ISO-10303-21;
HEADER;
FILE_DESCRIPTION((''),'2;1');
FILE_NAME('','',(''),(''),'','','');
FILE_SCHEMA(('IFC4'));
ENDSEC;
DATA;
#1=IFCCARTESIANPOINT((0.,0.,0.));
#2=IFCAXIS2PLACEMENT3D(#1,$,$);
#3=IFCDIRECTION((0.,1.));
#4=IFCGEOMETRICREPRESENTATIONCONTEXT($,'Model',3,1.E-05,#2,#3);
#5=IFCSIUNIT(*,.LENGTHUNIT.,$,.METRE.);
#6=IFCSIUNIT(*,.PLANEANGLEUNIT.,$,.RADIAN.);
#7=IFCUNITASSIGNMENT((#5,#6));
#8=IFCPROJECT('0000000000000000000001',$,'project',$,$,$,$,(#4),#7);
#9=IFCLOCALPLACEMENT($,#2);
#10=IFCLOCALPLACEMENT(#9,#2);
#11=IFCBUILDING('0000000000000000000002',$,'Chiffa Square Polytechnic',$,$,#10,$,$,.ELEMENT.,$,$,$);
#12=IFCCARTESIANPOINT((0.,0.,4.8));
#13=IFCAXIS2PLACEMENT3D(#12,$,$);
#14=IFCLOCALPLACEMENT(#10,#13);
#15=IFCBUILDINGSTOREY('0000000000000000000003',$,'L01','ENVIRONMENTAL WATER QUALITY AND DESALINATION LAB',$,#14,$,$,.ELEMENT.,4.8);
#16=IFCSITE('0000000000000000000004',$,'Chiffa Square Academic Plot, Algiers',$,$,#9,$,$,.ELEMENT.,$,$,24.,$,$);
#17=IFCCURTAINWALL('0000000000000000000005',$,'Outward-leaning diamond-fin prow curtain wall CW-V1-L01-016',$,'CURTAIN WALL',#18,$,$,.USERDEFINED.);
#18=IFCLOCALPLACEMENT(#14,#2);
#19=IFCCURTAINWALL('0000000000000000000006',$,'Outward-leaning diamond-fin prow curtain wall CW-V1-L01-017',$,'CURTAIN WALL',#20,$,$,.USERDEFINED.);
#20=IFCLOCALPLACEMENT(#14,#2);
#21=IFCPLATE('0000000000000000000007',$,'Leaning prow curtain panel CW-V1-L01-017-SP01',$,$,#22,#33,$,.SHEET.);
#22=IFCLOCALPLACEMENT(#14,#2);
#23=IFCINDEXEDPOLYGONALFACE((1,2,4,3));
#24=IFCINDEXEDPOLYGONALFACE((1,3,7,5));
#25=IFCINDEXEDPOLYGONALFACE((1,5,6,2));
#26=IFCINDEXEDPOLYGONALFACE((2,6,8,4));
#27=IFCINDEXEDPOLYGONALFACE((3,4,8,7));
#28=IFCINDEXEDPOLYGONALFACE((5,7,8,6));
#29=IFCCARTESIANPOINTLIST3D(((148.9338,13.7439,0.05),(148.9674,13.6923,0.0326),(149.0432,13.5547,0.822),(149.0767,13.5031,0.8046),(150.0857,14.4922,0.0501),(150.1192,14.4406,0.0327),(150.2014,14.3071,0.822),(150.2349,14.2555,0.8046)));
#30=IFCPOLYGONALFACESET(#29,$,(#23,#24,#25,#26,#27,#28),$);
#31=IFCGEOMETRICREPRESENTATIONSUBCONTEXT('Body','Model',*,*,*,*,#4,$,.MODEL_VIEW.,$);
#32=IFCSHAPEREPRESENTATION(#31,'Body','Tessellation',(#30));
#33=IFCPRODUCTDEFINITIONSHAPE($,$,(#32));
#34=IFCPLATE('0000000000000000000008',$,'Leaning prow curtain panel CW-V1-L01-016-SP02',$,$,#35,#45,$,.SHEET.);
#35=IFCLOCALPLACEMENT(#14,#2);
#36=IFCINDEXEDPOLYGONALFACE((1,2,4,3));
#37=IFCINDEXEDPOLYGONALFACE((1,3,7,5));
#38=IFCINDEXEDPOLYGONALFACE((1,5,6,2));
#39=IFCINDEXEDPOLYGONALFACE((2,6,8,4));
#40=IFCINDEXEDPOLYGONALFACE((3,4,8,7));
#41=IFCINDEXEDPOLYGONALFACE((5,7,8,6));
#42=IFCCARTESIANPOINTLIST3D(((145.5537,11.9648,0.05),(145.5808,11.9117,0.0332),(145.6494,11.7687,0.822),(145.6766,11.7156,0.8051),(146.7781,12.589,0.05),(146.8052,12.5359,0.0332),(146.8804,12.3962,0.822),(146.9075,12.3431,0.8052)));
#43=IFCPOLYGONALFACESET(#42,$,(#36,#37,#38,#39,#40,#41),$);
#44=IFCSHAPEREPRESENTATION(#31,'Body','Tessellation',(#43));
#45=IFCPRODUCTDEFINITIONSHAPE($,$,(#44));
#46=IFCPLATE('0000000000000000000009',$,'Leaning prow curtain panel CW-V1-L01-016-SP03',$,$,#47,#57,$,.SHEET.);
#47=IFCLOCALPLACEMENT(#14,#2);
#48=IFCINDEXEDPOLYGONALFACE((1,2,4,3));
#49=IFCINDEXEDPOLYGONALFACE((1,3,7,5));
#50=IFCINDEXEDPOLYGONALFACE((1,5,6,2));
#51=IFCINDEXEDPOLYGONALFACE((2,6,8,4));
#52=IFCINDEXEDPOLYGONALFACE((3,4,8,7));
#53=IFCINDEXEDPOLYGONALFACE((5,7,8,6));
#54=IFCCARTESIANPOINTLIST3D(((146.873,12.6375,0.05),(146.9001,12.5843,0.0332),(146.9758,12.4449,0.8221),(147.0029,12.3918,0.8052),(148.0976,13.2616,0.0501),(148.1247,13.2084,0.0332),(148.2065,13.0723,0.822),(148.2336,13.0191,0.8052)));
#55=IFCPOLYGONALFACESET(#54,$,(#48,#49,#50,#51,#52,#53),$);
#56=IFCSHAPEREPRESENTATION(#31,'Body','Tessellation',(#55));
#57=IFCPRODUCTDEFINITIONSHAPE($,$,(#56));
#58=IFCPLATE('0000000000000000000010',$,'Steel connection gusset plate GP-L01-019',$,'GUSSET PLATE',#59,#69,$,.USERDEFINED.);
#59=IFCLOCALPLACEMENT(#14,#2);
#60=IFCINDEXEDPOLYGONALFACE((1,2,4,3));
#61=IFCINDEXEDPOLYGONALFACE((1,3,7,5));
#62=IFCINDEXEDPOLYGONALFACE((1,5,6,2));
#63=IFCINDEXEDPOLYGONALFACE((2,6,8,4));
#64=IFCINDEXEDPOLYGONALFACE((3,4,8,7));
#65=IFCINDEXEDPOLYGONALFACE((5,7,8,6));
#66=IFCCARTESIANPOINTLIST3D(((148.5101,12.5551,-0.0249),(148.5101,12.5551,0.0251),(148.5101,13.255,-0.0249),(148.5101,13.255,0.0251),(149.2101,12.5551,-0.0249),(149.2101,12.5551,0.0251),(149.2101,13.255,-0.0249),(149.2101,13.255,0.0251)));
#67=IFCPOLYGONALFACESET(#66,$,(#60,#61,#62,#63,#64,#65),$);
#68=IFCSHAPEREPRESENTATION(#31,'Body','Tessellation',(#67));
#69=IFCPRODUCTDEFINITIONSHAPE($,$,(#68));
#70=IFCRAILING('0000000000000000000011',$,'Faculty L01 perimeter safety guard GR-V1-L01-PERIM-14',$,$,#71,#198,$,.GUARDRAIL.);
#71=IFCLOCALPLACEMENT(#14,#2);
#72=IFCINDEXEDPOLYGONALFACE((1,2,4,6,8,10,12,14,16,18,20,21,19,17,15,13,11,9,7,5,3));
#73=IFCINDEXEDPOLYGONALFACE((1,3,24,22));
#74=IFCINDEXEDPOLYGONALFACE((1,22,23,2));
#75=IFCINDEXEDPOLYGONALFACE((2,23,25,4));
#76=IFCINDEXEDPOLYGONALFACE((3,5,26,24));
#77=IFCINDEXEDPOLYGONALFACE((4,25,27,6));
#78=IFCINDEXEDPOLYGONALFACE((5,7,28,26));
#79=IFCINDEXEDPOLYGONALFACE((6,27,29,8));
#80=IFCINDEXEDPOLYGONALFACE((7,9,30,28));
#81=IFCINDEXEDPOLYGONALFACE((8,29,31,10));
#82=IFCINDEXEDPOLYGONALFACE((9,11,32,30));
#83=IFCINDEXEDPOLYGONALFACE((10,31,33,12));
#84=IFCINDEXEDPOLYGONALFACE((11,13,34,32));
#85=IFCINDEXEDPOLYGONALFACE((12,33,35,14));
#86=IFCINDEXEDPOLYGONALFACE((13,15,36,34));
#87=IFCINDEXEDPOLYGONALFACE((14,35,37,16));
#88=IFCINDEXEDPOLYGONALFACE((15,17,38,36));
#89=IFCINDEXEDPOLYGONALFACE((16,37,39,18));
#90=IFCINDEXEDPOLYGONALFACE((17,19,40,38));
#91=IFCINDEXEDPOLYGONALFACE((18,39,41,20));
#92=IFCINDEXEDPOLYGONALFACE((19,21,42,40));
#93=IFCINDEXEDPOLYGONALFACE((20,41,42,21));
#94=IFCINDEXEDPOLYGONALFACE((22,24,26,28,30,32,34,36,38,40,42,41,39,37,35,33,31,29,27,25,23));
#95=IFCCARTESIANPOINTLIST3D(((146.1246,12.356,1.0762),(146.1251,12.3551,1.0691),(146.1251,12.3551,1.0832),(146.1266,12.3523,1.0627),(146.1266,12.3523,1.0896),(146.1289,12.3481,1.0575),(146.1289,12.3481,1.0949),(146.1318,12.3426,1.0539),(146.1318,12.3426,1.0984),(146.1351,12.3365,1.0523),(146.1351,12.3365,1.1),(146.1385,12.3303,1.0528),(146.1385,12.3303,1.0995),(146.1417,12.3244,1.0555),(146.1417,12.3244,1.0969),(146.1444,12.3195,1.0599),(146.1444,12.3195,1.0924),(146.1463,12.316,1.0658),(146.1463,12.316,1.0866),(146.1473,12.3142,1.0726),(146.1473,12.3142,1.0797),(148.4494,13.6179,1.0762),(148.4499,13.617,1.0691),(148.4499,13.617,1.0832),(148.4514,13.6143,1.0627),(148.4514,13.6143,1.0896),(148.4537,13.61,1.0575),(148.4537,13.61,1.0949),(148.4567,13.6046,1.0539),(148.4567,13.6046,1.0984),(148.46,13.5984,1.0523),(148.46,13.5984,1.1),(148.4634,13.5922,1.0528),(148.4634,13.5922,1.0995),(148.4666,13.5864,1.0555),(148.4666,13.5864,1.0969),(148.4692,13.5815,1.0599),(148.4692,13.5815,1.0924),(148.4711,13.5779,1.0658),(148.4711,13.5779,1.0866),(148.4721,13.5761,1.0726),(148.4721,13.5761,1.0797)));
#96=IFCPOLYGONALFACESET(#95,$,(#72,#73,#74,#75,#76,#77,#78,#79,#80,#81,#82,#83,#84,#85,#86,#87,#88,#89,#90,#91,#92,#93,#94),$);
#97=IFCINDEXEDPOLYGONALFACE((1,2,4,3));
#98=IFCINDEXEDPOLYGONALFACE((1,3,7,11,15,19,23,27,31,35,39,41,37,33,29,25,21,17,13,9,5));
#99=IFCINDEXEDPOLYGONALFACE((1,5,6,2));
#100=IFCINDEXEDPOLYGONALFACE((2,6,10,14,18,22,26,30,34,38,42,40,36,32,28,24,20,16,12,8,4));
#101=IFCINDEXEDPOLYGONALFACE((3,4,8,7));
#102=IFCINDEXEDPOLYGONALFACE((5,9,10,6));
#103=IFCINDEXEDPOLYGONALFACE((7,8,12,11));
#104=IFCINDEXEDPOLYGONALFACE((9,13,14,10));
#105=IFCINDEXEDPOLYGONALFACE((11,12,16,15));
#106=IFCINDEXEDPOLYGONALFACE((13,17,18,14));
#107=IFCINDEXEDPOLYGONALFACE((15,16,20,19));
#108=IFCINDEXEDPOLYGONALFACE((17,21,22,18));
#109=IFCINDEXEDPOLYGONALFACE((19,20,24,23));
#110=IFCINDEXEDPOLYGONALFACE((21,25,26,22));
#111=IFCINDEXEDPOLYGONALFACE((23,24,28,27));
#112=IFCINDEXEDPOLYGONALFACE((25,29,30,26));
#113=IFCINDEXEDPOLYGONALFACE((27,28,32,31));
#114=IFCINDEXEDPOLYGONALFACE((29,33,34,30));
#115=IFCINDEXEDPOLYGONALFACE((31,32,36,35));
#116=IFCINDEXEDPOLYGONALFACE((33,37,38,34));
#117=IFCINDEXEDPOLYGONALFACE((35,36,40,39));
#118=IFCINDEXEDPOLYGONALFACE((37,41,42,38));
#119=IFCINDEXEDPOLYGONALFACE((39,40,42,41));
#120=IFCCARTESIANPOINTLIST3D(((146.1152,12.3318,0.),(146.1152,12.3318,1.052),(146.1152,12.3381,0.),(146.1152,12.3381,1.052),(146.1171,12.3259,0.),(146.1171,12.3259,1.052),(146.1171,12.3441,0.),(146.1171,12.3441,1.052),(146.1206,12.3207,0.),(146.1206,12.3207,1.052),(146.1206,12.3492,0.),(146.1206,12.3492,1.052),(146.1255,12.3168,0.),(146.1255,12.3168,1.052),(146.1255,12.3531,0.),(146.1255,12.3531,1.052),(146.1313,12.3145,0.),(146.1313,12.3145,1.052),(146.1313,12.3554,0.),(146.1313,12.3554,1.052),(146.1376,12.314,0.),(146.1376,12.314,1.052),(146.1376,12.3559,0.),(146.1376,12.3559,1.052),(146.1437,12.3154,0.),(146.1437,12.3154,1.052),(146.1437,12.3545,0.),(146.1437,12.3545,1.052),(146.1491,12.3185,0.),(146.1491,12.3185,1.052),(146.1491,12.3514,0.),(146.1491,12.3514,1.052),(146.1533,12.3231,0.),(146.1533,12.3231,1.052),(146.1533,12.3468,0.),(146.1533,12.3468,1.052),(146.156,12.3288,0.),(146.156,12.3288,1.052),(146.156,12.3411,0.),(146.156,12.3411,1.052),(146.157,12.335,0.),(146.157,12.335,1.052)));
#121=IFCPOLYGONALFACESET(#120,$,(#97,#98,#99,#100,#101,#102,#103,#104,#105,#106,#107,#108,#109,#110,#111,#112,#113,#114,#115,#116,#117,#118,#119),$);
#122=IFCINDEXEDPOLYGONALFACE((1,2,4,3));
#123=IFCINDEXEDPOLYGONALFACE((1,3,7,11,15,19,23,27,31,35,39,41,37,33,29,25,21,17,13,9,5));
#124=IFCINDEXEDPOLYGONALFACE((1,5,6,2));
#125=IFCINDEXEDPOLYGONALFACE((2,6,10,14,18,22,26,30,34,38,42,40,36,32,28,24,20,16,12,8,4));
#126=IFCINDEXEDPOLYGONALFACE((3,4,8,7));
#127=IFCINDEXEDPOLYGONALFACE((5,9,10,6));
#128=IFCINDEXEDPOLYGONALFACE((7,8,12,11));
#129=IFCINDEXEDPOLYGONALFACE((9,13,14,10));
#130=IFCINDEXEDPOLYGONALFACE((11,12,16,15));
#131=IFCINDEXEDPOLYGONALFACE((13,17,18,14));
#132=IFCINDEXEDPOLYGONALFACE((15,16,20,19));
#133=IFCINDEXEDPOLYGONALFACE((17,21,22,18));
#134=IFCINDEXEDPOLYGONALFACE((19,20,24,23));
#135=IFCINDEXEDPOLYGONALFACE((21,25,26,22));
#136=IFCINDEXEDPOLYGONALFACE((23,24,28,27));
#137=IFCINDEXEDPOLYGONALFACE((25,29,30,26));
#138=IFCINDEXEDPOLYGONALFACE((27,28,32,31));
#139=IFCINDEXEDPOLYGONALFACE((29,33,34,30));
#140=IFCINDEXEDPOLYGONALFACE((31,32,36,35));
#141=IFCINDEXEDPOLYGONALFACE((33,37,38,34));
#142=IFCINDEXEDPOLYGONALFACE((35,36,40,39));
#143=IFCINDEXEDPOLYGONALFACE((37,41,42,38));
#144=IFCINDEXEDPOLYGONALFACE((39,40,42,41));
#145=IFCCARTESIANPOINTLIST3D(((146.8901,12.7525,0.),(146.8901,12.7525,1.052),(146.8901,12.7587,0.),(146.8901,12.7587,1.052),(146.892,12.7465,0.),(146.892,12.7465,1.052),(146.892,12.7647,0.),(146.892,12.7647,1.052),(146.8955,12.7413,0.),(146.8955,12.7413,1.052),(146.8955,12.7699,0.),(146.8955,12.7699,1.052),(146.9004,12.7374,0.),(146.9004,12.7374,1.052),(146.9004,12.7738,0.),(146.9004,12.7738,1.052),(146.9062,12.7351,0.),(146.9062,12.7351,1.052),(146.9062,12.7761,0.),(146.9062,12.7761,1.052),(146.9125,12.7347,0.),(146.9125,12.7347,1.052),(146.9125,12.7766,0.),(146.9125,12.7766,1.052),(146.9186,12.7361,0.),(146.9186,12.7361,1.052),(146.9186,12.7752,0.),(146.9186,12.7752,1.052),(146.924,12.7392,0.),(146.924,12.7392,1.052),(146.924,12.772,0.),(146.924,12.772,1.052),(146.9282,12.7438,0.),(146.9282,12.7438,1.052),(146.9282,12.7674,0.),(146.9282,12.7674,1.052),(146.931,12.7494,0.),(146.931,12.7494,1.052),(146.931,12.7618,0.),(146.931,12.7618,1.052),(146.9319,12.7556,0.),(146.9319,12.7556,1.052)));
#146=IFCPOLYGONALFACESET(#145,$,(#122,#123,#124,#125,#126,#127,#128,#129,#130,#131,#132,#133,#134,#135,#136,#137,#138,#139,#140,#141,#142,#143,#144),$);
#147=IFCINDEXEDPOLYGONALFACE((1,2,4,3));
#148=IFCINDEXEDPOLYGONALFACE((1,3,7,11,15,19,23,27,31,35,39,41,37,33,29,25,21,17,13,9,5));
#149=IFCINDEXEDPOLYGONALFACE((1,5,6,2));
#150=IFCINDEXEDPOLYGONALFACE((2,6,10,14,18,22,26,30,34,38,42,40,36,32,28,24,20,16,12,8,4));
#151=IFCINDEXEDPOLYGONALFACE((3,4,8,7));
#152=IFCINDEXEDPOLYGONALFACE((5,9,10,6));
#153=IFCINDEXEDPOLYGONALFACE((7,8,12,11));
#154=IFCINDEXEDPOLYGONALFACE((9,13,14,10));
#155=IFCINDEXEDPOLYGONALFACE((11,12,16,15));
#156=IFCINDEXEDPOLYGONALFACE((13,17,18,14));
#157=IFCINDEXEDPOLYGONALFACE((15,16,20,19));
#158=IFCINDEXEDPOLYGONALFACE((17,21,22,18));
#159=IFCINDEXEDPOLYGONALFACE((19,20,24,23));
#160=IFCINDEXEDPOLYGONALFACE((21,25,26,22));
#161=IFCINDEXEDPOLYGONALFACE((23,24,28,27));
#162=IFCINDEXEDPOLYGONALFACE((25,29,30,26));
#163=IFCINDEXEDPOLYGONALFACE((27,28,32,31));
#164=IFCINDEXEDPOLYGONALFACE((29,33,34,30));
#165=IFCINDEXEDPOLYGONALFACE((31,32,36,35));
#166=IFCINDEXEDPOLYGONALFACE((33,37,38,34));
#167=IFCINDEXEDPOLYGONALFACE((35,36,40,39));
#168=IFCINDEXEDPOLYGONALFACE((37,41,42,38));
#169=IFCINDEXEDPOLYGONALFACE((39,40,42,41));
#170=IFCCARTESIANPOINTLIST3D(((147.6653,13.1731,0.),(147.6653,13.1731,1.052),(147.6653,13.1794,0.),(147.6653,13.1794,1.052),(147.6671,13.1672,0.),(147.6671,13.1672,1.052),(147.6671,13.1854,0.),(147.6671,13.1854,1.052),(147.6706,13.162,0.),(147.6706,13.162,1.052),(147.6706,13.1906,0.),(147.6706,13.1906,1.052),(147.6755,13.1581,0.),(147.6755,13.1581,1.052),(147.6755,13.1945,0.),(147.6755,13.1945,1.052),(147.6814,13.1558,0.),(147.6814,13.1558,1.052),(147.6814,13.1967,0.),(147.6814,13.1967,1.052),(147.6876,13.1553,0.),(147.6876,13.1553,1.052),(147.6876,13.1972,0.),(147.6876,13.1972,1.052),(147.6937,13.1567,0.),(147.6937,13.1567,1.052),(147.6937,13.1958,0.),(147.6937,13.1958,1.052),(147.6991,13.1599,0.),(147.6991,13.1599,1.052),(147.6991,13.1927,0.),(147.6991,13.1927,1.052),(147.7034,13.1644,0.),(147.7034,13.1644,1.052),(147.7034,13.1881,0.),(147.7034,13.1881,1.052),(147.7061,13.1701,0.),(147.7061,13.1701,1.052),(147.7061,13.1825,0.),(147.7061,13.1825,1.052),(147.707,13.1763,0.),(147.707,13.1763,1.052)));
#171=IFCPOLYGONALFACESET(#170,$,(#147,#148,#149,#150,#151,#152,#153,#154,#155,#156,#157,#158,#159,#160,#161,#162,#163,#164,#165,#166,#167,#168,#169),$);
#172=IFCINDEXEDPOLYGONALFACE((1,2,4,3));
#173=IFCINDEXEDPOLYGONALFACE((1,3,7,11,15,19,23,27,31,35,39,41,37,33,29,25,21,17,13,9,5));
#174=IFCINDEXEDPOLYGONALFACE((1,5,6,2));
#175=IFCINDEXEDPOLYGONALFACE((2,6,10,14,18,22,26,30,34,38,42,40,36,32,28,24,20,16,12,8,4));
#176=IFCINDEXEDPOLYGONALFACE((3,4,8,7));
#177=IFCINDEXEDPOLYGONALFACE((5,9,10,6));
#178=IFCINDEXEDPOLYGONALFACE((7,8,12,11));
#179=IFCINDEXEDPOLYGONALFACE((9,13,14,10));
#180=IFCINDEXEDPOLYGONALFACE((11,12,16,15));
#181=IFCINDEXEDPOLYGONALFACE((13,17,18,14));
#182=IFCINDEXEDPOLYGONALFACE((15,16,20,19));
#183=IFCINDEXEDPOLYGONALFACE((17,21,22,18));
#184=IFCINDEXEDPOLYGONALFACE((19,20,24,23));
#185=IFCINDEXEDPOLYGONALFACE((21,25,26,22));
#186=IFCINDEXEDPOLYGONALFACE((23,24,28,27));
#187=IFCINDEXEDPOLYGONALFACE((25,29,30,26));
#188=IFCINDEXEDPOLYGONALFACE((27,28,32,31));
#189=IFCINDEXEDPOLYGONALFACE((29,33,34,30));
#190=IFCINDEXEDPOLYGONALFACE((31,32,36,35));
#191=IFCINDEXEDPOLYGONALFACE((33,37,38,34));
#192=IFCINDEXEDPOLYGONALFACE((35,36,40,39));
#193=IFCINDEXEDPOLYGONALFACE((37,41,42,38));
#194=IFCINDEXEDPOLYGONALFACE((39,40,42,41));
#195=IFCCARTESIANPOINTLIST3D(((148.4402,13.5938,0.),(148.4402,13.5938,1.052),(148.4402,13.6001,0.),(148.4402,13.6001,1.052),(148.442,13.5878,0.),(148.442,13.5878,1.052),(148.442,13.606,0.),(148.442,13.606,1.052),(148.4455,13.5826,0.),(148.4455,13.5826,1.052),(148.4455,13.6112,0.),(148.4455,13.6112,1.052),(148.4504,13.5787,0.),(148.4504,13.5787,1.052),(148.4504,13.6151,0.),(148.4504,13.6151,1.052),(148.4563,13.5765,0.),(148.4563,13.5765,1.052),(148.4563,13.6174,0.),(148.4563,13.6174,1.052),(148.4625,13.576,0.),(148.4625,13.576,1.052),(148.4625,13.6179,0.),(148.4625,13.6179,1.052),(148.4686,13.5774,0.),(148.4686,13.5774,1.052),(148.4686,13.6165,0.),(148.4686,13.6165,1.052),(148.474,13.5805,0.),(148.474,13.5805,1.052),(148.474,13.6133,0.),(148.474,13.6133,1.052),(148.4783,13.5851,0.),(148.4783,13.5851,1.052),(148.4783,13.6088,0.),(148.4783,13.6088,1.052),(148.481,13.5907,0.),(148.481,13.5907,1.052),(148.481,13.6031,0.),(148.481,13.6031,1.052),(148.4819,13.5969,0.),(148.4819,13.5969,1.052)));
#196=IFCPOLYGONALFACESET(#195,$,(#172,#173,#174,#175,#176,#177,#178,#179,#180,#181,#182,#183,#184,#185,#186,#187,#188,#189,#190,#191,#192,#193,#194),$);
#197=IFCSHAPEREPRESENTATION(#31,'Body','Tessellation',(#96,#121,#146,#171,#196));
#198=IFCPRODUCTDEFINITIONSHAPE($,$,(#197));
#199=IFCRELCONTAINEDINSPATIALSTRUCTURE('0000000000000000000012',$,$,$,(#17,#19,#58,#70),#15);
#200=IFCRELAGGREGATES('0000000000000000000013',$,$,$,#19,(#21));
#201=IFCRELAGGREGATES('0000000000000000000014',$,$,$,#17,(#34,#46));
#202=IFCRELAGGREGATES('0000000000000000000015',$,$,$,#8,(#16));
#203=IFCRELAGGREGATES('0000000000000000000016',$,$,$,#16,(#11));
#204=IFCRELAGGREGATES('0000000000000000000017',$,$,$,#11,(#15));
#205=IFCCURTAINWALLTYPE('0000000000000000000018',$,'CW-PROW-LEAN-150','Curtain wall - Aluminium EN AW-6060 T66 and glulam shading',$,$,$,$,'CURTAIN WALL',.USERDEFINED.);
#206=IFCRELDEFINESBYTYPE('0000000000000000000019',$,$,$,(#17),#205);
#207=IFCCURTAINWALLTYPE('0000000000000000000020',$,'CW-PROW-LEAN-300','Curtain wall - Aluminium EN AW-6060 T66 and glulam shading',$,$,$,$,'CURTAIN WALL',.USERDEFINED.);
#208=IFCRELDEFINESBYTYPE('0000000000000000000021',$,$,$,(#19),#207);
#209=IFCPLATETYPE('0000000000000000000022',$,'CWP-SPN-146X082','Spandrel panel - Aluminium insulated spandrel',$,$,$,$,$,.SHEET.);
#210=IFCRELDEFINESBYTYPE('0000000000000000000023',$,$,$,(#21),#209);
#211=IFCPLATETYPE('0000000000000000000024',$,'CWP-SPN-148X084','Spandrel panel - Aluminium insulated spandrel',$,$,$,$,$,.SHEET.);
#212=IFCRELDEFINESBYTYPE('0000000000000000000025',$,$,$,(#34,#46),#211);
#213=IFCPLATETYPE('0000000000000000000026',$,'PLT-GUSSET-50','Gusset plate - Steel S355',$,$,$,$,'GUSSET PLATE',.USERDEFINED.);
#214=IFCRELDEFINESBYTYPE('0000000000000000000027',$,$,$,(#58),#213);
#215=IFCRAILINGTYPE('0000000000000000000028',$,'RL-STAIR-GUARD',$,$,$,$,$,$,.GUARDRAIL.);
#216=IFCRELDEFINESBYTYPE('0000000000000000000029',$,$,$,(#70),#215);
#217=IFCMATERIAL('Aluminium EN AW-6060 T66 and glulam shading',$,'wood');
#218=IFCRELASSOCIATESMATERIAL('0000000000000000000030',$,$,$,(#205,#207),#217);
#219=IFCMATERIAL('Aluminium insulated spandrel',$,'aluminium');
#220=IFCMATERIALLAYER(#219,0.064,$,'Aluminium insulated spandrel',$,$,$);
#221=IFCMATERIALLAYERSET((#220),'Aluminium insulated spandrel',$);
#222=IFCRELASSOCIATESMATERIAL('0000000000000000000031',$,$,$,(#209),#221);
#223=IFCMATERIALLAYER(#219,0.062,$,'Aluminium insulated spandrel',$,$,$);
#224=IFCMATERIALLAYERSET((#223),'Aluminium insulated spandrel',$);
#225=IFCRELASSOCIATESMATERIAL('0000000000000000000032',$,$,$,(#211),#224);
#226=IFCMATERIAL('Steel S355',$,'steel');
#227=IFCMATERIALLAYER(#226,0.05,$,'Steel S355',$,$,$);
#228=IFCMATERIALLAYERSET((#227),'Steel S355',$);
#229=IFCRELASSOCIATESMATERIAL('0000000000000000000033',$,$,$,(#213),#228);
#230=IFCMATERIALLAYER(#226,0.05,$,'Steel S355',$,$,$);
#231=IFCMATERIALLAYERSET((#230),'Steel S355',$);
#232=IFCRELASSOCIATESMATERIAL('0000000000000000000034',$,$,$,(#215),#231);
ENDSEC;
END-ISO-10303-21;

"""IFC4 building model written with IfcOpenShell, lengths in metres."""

from ifc_helpers import new_model, si_unit, direction, frame, origin, origin_2d, place, context, subcontext, project, spatial, polyline, rectangle, circle, outline, extrude, material, layer, layer_set, type_object, element, aggregate, save


model = new_model("IFC4")

# Units and contexts
model_context = context("Model", 3, precision=1e-05, world=origin(), true_north=direction((0.0, 1.0)))
body_context = subcontext(model_context, "Body", "Model", "MODEL_VIEW")
ifc_project = project(units=[si_unit("LENGTHUNIT", "METRE"), si_unit("PLANEANGLEUNIT", "RADIAN")], contexts=[model_context])

# Site, building, storey
site_placement = place(None, origin())
site = spatial("IfcSite", under=ifc_project, at=site_placement, Name="Chiffa Square Academic Plot, Algiers", CompositionType="ELEMENT", RefElevation=24.0)
building_placement = place(site_placement, origin())
building = spatial("IfcBuilding", under=site, at=building_placement, Name="Chiffa Square Polytechnic", CompositionType="ELEMENT")
storey_placement = place(building_placement, frame((0.0, 0.0, 4.8)))
storey = spatial("IfcBuildingStorey", under=building, at=storey_placement, Name="L01", Description="ENVIRONMENTAL WATER QUALITY AND DESALINATION LAB", CompositionType="ELEMENT", Elevation=4.8)

# Shared definitions
ifc_material_1 = material(Name="Steel S355", Category="steel")

# Curtain wall
ifc_material_2 = material(Name="Aluminium EN AW-6060 T66 and glulam shading", Category="wood")
curtain_wall_type_1 = type_object("IfcCurtainWallType", Name="CW-PROW-LEAN-150", Description="Curtain wall - Aluminium EN AW-6060 T66 and glulam shading", ElementType="CURTAIN WALL", PredefinedType="USERDEFINED", material=ifc_material_2)
curtain_wall_1_placement = place(storey_placement, origin())
curtain_wall_1 = element("IfcCurtainWall", 1, at=curtain_wall_1_placement, inside=storey, type_object=curtain_wall_type_1, Name="Outward-leaning diamond-fin prow curtain wall CW-V1-L01-016", ObjectType="CURTAIN WALL", PredefinedType="USERDEFINED")

# Curtain wall
curtain_wall_type_2 = type_object("IfcCurtainWallType", Name="CW-PROW-LEAN-300", Description="Curtain wall - Aluminium EN AW-6060 T66 and glulam shading", ElementType="CURTAIN WALL", PredefinedType="USERDEFINED", material=ifc_material_2)
curtain_wall_2_placement = place(storey_placement, origin())
curtain_wall_2 = element("IfcCurtainWall", 2, at=curtain_wall_2_placement, inside=storey, type_object=curtain_wall_type_2, Name="Outward-leaning diamond-fin prow curtain wall CW-V1-L01-017", ObjectType="CURTAIN WALL", PredefinedType="USERDEFINED")

# Plates
ifc_material_3 = material(Name="Aluminium insulated spandrel", Category="aluminium")
ifc_layer_1 = layer(ifc_material_3, 0.064, Name="Aluminium insulated spandrel")
ifc_layer_set_1 = layer_set([ifc_layer_1], Name="Aluminium insulated spandrel")
plate_type_1 = type_object("IfcPlateType", Name="CWP-SPN-146X082", Description="Spandrel panel - Aluminium insulated spandrel", PredefinedType="SHEET", material=ifc_layer_set_1)
plate_1_placement = place(storey_placement, frame((148.9338, 13.7439, 0.05), z_axis=(-0.524236, 0.80695, 0.272043), x_axis=(0.838578, 0.544782, 0.000002)))
plate_1 = element("IfcPlate", 3, at=plate_1_placement, type_object=plate_type_1, Name="Leaning prow curtain panel CW-V1-L01-017-SP01", PredefinedType="SHEET", context=body_context, shape_type="SweptSolid", body=[
    extrude(outline(polyline([(0.0, 0.0), (1.3736, 0.0), (1.3698, -0.8022), (-0.0114, -0.8022), (0.0, 0.0)])), origin(), (0.0, 0.0, -1.0), 0.064),
])
aggregate(curtain_wall_2, [plate_1])
ifc_layer_2 = layer(ifc_material_3, 0.062, Name="Aluminium insulated spandrel")
ifc_layer_set_2 = layer_set([ifc_layer_2], Name="Aluminium insulated spandrel")
plate_type_2 = type_object("IfcPlateType", Name="CWP-SPN-148X084", Description="Spandrel panel - Aluminium insulated spandrel", PredefinedType="SHEET", material=ifc_layer_set_2)
plate_2_placement = place(storey_placement, frame((145.5537, 11.9648, 0.05), z_axis=(-0.437056, 0.857319, 0.272005), x_axis=(0.890908, 0.454185, -0.000016)))
plate_2 = element("IfcPlate", 4, at=plate_2_placement, type_object=plate_type_2, Name="Leaning prow curtain panel CW-V1-L01-016-SP02", PredefinedType="SHEET", context=body_context, shape_type="SweptSolid", body=[
    extrude(outline(polyline([(0.0, 0.0), (1.3743, 0.0), (1.3779, -0.8022), (-0.0038, -0.8022), (0.0, 0.0)])), origin(), (0.0, 0.0, -1.0), 0.062),
])
plate_3_placement = place(storey_placement, frame((146.873, 12.6375, 0.05), z_axis=(-0.436996, 0.857368, 0.271948), x_axis=(0.890949, 0.454104, 0.000026)))
plate_3 = element("IfcPlate", 5, at=plate_3_placement, type_object=plate_type_2, Name="Leaning prow curtain panel CW-V1-L01-016-SP03", PredefinedType="SHEET", context=body_context, shape_type="SweptSolid", body=[
    extrude(outline(polyline([(0.0, 0.0), (1.3744, 0.0), (1.3855, -0.8022), (0.0041, -0.8022), (0.0, 0.0)])), origin(), (0.0, 0.0, -1.0), 0.062),
])
aggregate(curtain_wall_1, [plate_2, plate_3])
ifc_layer_3 = layer(ifc_material_1, 0.05, Name="Steel S355")
ifc_layer_set_3 = layer_set([ifc_layer_3], Name="Steel S355")
plate_type_3 = type_object("IfcPlateType", Name="PLT-GUSSET-50", Description="Gusset plate - Steel S355", ElementType="GUSSET PLATE", PredefinedType="USERDEFINED", material=ifc_layer_set_3)
plate_4_placement = place(storey_placement, frame((148.8601, 12.905, -0.0249), z_axis=(0.0, 0.0, 1.0), x_axis=(1.0, 0.0, 0.0)))
element("IfcPlate", 6, at=plate_4_placement, inside=storey, type_object=plate_type_3, Name="Steel connection gusset plate GP-L01-019", ObjectType="GUSSET PLATE", PredefinedType="USERDEFINED", context=body_context, shape_type="SweptSolid", body=[
    extrude(rectangle(XDim=0.7, YDim=0.7, at=origin_2d()), origin(), (0.0, 0.0, 1.0), 0.05),
])

# Railing
ifc_layer_4 = layer(ifc_material_1, 0.05, Name="Steel S355")
ifc_layer_set_4 = layer_set([ifc_layer_4], Name="Steel S355")
railing_type = type_object("IfcRailingType", Name="RL-STAIR-GUARD", PredefinedType="GUARDRAIL", material=ifc_layer_set_4)
railing_1_placement = place(storey_placement, frame((146.136, 12.335, 0.0)))
element("IfcRailing", 7, at=railing_1_placement, inside=storey, type_object=railing_type, Name="Faculty L01 perimeter safety guard GR-V1-L01-PERIM-14", PredefinedType="GUARDRAIL", context=body_context, shape_type="SweptSolid", body=[
    extrude(circle(Radius=0.0239, at=origin_2d()), frame((0.0, 0.0, 1.0762), z_axis=(0.878878, 0.477047, 0.0), x_axis=(-0.477047, 0.878878, 0.0)), (0.0, 0.0, 1.0), 2.6453),
    extrude(circle(Radius=0.021, at=origin_2d()), origin(), (0.0, 0.0, 1.0), 1.052),
    extrude(circle(Radius=0.021, at=origin_2d()), frame((0.7749, 0.4207, 0.0)), (0.0, 0.0, 1.0), 1.052),
    extrude(circle(Radius=0.021, at=origin_2d()), frame((1.55, 0.8413, 0.0)), (0.0, 0.0, 1.0), 1.052),
    extrude(circle(Radius=0.021, at=origin_2d()), frame((2.325, 1.262, 0.0)), (0.0, 0.0, 1.0), 1.052),
])

save(model, "model.ifc")
